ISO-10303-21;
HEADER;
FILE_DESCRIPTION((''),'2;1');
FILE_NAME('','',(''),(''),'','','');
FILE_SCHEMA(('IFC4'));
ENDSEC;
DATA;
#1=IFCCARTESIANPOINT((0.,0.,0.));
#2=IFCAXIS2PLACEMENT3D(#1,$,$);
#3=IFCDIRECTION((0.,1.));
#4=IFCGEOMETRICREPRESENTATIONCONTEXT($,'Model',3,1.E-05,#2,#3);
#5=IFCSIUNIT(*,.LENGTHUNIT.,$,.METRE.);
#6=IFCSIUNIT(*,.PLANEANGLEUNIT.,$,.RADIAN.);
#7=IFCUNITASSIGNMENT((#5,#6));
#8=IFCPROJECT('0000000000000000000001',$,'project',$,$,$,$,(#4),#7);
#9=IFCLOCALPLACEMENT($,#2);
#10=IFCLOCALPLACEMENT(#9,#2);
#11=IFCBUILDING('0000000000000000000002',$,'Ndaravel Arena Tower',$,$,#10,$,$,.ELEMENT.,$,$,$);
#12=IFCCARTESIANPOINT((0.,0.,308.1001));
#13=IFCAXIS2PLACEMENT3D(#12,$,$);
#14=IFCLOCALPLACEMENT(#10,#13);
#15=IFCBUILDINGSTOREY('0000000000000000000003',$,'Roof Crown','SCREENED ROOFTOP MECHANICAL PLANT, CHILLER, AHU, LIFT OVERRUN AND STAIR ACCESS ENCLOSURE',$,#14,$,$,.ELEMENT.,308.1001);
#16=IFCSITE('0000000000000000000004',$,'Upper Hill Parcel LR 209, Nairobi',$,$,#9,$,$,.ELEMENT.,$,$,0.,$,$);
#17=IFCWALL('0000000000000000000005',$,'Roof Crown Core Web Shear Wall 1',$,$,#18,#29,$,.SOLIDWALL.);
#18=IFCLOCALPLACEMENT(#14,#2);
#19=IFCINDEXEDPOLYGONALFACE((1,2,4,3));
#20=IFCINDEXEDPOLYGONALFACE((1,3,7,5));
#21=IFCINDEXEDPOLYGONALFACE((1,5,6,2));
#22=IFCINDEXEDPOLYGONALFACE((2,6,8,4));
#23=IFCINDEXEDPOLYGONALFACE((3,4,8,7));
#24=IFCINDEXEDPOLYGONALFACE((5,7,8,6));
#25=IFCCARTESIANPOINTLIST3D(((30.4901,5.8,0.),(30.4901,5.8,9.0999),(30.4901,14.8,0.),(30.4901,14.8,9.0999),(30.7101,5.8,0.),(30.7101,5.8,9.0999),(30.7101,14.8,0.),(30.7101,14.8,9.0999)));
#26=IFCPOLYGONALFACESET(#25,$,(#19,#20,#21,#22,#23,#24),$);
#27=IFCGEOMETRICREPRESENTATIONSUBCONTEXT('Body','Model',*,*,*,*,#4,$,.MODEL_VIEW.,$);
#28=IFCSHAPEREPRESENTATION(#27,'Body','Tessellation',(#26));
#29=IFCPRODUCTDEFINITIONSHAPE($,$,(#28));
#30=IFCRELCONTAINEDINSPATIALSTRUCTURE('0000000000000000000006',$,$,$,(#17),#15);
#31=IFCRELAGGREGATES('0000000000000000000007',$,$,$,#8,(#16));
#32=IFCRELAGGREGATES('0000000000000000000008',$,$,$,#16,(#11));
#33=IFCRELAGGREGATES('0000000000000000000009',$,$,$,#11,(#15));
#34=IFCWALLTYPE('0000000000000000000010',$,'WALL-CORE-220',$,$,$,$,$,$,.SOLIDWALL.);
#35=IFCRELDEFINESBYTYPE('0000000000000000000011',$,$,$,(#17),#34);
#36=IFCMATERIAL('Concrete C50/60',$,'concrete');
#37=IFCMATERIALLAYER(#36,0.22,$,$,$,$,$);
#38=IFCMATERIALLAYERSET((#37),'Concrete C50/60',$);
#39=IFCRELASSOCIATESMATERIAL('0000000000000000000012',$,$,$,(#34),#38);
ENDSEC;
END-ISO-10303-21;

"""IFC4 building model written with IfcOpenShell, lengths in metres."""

from ifc_helpers import new_model, si_unit, direction, frame, frame_2d, origin, place, context, subcontext, project, spatial, rectangle, extrude, material, layer, layer_set, type_object, element, save


model = new_model("IFC4")

# Units and contexts
model_context = context("Model", 3, precision=1e-05, world=origin(), true_north=direction((0.0, 1.0)))
body_context = subcontext(model_context, "Body", "Model", "MODEL_VIEW")
ifc_project = project(units=[si_unit("LENGTHUNIT", "METRE"), si_unit("PLANEANGLEUNIT", "RADIAN")], contexts=[model_context])

# Site, building, storey
site_placement = place(None, origin())
site = spatial("IfcSite", under=ifc_project, at=site_placement, Name="Upper Hill Parcel LR 209, Nairobi", CompositionType="ELEMENT", RefElevation=0.0)
building_placement = place(site_placement, origin())
building = spatial("IfcBuilding", under=site, at=building_placement, Name="Ndaravel Arena Tower", CompositionType="ELEMENT")
storey_placement = place(building_placement, frame((0.0, 0.0, 308.1001)))
storey = spatial("IfcBuildingStorey", under=building, at=storey_placement, Name="Roof Crown", Description="SCREENED ROOFTOP MECHANICAL PLANT, CHILLER, AHU, LIFT OVERRUN AND STAIR ACCESS ENCLOSURE", CompositionType="ELEMENT", Elevation=308.1001)

# Wall
ifc_material_1 = material(Name="Concrete C50/60", Category="concrete")
ifc_layer_1 = layer(ifc_material_1, 0.22)
ifc_layer_set_1 = layer_set([ifc_layer_1], Name="Concrete C50/60")
wall_type = type_object("IfcWallType", Name="WALL-CORE-220", PredefinedType="SOLIDWALL", material=ifc_layer_set_1)
wall_placement = place(storey_placement, frame((30.6001, 5.8, 0.0), z_axis=(0.0, 0.0, 1.0), x_axis=(0.0, 1.0, 0.0)))
element("IfcWall", 1, at=wall_placement, inside=storey, type_object=wall_type, Name="Roof Crown Core Web Shear Wall 1", PredefinedType="SOLIDWALL", context=body_context, shape_type="SweptSolid", body=[
    extrude(rectangle(XDim=9.0, YDim=0.22, at=frame_2d((4.5, 0.0))), origin(), (0.0, 0.0, 1.0), 9.0999),
])

save(model, "model.ifc")
